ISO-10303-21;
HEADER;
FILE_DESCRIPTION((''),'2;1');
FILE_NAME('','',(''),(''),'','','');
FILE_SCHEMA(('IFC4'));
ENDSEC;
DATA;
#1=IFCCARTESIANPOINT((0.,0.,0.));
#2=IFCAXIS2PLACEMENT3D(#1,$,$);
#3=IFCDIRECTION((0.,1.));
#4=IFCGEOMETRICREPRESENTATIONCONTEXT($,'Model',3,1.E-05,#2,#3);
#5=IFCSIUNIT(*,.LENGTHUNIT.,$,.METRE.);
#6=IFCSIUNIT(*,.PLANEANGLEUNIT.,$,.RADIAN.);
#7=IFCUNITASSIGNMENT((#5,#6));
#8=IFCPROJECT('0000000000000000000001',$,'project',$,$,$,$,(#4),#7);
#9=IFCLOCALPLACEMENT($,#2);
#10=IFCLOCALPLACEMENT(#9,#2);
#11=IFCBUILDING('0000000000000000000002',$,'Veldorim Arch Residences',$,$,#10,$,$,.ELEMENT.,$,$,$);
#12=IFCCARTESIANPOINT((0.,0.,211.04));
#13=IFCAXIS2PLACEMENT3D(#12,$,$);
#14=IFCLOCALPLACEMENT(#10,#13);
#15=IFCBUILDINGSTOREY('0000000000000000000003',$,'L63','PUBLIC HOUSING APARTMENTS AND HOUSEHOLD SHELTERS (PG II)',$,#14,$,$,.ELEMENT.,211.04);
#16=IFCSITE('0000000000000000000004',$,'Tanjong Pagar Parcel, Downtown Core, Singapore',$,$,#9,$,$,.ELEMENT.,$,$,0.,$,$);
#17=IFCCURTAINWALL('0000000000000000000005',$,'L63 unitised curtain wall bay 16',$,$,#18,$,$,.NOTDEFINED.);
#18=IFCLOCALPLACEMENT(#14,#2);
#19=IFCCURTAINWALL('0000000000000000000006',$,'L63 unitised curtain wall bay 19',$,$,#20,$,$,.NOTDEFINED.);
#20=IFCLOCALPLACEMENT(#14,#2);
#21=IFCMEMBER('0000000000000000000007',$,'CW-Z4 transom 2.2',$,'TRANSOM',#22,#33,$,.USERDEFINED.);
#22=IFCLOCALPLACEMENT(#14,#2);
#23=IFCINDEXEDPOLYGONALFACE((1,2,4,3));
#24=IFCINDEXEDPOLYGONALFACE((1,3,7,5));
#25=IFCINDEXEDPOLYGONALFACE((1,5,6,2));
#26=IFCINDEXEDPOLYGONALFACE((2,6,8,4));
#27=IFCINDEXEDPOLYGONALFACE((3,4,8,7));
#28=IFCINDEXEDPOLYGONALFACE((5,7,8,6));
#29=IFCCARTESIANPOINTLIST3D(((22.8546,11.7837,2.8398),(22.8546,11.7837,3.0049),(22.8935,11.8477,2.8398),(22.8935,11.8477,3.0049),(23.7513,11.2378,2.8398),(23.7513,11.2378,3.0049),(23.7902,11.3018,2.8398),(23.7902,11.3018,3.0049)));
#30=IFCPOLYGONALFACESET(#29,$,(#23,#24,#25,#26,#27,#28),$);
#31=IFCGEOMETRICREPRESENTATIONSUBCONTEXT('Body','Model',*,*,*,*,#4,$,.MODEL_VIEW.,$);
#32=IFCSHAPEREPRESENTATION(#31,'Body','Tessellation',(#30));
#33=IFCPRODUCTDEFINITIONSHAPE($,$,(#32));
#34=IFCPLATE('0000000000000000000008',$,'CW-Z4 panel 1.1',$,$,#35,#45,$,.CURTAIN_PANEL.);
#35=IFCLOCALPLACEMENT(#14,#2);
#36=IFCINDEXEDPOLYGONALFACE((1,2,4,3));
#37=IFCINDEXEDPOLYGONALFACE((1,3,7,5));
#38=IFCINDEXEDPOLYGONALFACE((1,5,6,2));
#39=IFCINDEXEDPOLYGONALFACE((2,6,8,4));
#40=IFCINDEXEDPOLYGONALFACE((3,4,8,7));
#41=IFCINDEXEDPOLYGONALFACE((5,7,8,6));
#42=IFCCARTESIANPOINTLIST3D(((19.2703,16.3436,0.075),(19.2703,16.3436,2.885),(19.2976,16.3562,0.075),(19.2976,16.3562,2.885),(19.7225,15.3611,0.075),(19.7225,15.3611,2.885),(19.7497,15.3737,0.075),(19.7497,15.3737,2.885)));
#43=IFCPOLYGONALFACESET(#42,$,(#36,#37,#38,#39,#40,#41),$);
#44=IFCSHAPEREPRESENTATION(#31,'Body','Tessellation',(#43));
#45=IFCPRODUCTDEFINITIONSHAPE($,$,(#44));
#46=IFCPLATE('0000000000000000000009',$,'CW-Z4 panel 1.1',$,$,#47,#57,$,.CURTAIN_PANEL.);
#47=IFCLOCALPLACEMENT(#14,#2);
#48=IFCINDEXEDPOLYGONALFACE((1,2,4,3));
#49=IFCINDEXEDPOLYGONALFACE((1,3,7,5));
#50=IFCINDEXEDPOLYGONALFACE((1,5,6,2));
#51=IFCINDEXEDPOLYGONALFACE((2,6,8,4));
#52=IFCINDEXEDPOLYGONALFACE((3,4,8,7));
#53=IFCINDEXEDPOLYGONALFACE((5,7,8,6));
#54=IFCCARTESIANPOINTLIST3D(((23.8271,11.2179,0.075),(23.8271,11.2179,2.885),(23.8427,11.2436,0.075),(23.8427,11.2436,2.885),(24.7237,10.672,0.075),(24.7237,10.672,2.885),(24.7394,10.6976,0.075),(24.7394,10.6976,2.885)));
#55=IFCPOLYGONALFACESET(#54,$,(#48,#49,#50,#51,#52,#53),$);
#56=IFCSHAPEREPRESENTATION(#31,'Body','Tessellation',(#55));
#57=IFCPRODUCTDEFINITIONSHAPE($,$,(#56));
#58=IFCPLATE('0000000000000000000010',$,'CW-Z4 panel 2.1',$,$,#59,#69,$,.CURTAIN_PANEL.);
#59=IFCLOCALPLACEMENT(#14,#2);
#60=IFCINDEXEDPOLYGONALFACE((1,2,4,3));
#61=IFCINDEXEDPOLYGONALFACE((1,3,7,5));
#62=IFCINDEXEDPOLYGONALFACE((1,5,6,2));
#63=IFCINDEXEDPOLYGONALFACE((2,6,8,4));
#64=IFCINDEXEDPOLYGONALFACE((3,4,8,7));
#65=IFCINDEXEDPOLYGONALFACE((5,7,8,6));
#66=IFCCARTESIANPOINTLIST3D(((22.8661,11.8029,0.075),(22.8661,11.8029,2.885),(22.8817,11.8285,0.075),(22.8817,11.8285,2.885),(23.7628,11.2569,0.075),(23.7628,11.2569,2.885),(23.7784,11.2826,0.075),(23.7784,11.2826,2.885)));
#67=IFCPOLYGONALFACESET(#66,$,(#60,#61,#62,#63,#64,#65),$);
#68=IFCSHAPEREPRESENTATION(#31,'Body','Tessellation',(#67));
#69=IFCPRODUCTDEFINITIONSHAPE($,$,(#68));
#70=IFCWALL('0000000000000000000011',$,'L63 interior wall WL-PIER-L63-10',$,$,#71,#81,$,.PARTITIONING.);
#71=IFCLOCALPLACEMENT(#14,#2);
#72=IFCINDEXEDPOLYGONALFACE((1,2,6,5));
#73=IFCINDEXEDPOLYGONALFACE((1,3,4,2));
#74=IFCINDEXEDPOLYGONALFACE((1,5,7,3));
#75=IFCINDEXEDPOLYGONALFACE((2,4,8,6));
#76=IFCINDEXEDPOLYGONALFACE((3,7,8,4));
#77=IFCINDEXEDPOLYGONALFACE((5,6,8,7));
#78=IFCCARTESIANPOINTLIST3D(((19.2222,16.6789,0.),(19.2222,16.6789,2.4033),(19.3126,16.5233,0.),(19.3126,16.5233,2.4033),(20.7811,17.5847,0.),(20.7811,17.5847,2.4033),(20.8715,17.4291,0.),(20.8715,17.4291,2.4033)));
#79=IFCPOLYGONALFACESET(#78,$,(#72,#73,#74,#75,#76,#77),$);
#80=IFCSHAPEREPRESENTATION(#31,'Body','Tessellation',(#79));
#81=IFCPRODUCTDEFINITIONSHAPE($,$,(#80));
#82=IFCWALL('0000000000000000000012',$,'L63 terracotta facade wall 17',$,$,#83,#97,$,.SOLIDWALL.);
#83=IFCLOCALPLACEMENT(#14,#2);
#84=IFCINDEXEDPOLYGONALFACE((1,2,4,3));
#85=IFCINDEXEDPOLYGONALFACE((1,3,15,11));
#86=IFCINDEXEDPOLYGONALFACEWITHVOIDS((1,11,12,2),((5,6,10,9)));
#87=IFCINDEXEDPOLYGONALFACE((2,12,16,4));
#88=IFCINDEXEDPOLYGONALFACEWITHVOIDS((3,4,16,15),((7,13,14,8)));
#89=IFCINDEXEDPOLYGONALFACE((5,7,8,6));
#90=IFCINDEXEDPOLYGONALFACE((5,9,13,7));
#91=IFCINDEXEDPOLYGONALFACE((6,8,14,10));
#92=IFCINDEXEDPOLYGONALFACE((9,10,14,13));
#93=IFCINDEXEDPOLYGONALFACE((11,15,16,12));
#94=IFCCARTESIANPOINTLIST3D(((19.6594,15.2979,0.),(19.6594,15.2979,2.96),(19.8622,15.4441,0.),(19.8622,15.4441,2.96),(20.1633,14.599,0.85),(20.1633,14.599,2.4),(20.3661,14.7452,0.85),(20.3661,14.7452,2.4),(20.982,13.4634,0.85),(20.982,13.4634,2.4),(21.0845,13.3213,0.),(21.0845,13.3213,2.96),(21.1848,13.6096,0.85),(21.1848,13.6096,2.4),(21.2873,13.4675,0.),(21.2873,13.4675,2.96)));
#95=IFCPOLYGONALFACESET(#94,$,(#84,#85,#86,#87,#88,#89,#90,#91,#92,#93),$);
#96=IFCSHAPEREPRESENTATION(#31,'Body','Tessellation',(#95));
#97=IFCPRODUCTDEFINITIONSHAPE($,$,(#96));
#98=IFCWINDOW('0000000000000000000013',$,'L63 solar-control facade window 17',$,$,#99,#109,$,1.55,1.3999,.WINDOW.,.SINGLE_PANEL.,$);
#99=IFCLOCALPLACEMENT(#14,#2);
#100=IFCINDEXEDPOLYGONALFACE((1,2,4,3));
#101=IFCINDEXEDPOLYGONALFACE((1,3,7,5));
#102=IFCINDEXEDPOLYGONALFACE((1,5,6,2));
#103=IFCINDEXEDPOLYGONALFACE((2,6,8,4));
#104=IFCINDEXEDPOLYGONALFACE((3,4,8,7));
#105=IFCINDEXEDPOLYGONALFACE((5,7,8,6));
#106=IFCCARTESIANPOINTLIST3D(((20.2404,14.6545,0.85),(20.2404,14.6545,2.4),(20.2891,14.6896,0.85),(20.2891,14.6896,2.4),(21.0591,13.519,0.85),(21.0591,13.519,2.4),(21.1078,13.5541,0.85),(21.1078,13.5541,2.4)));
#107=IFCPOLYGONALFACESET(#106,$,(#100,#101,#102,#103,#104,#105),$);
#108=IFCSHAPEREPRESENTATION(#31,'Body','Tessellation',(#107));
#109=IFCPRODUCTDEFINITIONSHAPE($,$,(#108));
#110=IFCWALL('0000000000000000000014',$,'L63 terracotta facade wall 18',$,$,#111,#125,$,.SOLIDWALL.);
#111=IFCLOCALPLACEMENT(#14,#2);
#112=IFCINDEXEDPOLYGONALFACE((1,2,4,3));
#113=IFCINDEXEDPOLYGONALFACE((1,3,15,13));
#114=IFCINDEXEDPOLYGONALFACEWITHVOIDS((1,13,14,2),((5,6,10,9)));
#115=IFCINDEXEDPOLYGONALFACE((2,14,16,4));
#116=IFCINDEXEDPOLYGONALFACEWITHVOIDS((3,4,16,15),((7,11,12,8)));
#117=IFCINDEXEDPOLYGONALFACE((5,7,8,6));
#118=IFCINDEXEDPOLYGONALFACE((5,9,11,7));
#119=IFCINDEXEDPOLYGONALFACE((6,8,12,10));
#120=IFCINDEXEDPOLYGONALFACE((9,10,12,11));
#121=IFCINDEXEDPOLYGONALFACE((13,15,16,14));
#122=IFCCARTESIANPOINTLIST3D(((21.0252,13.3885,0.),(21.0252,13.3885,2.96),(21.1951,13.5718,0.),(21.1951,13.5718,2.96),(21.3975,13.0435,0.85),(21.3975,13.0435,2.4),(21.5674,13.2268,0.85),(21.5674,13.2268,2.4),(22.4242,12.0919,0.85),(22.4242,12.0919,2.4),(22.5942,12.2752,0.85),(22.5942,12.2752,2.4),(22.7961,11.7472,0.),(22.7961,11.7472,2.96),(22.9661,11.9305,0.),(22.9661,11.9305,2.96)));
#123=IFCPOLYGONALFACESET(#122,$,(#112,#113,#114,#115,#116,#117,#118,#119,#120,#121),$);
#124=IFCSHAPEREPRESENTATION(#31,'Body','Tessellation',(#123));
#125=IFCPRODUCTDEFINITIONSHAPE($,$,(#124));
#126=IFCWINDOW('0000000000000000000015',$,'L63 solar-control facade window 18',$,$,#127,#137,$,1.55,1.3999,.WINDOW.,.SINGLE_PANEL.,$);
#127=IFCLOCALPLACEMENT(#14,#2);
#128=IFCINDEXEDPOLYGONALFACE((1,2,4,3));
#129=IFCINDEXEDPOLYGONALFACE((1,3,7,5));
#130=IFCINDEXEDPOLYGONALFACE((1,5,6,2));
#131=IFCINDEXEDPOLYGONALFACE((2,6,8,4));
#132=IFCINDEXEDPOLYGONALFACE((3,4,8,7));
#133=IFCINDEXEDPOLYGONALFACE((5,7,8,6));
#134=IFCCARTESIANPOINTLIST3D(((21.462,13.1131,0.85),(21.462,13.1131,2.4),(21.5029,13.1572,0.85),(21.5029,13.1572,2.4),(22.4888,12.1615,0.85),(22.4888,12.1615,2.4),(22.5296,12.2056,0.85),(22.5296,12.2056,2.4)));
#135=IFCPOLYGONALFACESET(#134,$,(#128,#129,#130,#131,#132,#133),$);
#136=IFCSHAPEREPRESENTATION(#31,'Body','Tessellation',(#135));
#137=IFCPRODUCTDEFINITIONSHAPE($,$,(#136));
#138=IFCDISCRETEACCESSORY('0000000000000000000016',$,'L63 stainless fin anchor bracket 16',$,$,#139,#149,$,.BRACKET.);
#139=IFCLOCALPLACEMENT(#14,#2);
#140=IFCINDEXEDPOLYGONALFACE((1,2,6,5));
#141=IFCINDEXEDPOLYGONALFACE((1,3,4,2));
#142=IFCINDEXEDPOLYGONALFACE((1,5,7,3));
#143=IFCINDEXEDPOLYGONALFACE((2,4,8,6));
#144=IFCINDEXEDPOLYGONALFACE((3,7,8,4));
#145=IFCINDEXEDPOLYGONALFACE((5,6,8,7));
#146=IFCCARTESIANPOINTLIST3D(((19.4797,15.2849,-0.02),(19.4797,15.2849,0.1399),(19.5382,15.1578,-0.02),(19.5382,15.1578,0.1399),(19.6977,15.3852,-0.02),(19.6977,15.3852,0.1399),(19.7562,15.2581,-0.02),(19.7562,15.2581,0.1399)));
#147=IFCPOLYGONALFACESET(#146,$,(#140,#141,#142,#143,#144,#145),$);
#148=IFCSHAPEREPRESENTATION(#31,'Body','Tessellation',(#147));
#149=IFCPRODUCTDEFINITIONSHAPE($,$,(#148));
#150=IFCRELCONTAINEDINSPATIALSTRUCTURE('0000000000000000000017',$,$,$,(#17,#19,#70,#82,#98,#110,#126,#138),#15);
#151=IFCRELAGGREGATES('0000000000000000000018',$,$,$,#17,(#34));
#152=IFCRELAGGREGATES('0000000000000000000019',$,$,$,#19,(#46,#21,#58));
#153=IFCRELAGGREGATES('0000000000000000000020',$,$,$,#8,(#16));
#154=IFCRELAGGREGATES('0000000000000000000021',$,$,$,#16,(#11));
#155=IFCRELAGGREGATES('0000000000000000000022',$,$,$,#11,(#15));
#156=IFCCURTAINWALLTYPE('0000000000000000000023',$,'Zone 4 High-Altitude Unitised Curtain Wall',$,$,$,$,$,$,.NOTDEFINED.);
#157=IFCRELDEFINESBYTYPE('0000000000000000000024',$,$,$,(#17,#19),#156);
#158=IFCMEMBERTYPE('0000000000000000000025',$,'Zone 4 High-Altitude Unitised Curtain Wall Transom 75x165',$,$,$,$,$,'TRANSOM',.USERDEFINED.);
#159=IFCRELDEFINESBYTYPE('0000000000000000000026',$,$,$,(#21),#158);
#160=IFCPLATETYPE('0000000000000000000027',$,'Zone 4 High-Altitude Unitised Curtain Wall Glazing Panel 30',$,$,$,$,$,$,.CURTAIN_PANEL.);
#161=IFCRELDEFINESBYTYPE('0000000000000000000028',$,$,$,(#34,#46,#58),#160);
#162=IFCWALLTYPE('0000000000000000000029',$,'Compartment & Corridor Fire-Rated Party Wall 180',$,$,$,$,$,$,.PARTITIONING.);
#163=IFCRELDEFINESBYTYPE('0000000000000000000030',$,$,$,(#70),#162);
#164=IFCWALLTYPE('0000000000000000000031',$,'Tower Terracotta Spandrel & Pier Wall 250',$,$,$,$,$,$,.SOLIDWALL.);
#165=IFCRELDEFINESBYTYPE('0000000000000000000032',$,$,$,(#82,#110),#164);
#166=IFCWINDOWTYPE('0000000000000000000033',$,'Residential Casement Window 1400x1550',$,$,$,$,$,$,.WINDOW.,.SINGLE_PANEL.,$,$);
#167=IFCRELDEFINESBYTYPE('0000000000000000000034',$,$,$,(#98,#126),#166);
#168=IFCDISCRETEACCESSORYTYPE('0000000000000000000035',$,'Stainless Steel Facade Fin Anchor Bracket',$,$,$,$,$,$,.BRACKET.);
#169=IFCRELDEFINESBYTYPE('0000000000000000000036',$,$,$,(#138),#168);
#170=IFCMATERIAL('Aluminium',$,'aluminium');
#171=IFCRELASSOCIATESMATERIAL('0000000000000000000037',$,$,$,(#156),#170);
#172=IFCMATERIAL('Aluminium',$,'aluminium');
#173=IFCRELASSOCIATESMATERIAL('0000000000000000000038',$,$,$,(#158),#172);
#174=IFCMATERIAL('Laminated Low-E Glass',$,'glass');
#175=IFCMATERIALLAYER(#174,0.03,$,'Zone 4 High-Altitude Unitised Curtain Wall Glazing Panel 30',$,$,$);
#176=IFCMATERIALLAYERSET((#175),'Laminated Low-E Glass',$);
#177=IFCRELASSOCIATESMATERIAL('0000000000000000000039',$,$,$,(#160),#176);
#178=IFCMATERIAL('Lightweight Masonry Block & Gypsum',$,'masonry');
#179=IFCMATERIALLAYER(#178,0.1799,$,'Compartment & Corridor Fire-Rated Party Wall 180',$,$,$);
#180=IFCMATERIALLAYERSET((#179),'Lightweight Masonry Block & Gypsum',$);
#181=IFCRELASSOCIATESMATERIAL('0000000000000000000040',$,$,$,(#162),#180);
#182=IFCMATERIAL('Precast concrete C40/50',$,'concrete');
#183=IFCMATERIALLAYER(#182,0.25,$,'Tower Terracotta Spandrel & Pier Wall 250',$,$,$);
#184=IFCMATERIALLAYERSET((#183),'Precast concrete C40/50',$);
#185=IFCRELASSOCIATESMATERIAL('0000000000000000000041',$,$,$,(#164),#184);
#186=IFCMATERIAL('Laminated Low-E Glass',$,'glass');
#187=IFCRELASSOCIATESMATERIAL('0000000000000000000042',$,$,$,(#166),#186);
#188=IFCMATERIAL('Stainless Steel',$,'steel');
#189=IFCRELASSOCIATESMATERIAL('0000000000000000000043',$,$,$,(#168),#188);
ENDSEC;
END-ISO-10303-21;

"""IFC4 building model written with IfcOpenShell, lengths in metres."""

from ifc_helpers import new_model, si_unit, direction, frame, frame_2d, origin, origin_2d, place, context, subcontext, project, spatial, rectangle, extrude, material, layer, layer_set, material_profile, profile_set, type_object, element, fill, aggregate, save


model = new_model("IFC4")

# Units and contexts
model_context = context("Model", 3, precision=1e-05, world=origin(), true_north=direction((0.0, 1.0)))
body_context = subcontext(model_context, "Body", "Model", "MODEL_VIEW")
ifc_project = project(units=[si_unit("LENGTHUNIT", "METRE"), si_unit("PLANEANGLEUNIT", "RADIAN")], contexts=[model_context])

# Site, building, storey
site_placement = place(None, origin())
site = spatial("IfcSite", under=ifc_project, at=site_placement, Name="Tanjong Pagar Parcel, Downtown Core, Singapore", CompositionType="ELEMENT", RefElevation=0.0)
building_placement = place(site_placement, origin())
building = spatial("IfcBuilding", under=site, at=building_placement, Name="Veldorim Arch Residences", CompositionType="ELEMENT")
storey_placement = place(building_placement, frame((0.0, 0.0, 211.04)))
storey = spatial("IfcBuildingStorey", under=building, at=storey_placement, Name="L63", Description="PUBLIC HOUSING APARTMENTS AND HOUSEHOLD SHELTERS (PG II)", CompositionType="ELEMENT", Elevation=211.04)

# Curtain wall
ifc_material_1 = material(Name="Aluminium", Category="aluminium")
curtain_wall_type = type_object("IfcCurtainWallType", Name="Zone 4 High-Altitude Unitised Curtain Wall", PredefinedType="NOTDEFINED", material=ifc_material_1)
curtain_wall_1_placement = place(storey_placement, origin())
curtain_wall_1 = element("IfcCurtainWall", 1, at=curtain_wall_1_placement, inside=storey, type_object=curtain_wall_type, Name="L63 unitised curtain wall bay 16", PredefinedType="NOTDEFINED")

# Curtain wall
curtain_wall_2_placement = place(storey_placement, origin())
curtain_wall_2 = element("IfcCurtainWall", 2, at=curtain_wall_2_placement, inside=storey, type_object=curtain_wall_type, Name="L63 unitised curtain wall bay 19", PredefinedType="NOTDEFINED")

# Member
ifc_material_2 = material(Name="Aluminium", Category="aluminium")
ifc_material_profile_1 = material_profile(ifc_material_2, rectangle(XDim=0.075, YDim=0.165, at=origin_2d()), Name="ALU_TRN_75x165")
ifc_profile_set_1 = profile_set([ifc_material_profile_1], Name="Aluminium")
member_type_1 = type_object("IfcMemberType", Name="Zone 4 High-Altitude Unitised Curtain Wall Transom 75x165", ElementType="TRANSOM", PredefinedType="USERDEFINED", material=ifc_profile_set_1)
member_1_placement = place(storey_placement, frame((23.7708, 11.2698, 2.9224), z_axis=(-0.854172, 0.519991, 0.0), x_axis=(-0.519991, -0.854172, 0.0)))
member_1 = element("IfcMember", 3, at=member_1_placement, type_object=member_type_1, Name="CW-Z4 transom 2.2", ObjectType="TRANSOM", PredefinedType="USERDEFINED", context=body_context, shape_type="SweptSolid", body=[
    extrude(rectangle(XDim=0.075, YDim=0.165, at=origin_2d()), origin(), (0.0, 0.0, 1.0), 1.0498),
])

# Plates
ifc_material_3 = material(Name="Laminated Low-E Glass", Category="glass")
ifc_layer_1 = layer(ifc_material_3, 0.03, Name="Zone 4 High-Altitude Unitised Curtain Wall Glazing Panel 30")
ifc_layer_set_1 = layer_set([ifc_layer_1], Name="Laminated Low-E Glass")
plate_type = type_object("IfcPlateType", Name="Zone 4 High-Altitude Unitised Curtain Wall Glazing Panel 30", PredefinedType="CURTAIN_PANEL", material=ifc_layer_set_1)
plate_1_placement = place(storey_placement, frame((19.51, 15.8586, 0.075), z_axis=(0.0, 0.0, 1.0), x_axis=(-0.418102, 0.9084, 0.0)))
plate_1 = element("IfcPlate", 4, at=plate_1_placement, type_object=plate_type, Name="CW-Z4 panel 1.1", PredefinedType="CURTAIN_PANEL", context=body_context, shape_type="SweptSolid", body=[
    extrude(rectangle(XDim=1.0815, YDim=0.03, at=origin_2d()), origin(), (0.0, 0.0, 1.0), 2.8101),
])
aggregate(curtain_wall_1, [plate_1])
plate_2_placement = place(storey_placement, frame((24.2832, 10.9578, 0.075), z_axis=(0.0, 0.0, 1.0), x_axis=(-0.854146, 0.520033, 0.0)))
plate_2 = element("IfcPlate", 5, at=plate_2_placement, type_object=plate_type, Name="CW-Z4 panel 1.1", PredefinedType="CURTAIN_PANEL", context=body_context, shape_type="SweptSolid", body=[
    extrude(rectangle(XDim=1.0498, YDim=0.03, at=origin_2d()), origin(), (0.0, 0.0, 1.0), 2.8101),
])
plate_3_placement = place(storey_placement, frame((23.3223, 11.5427, 0.075), z_axis=(0.0, 0.0, 1.0), x_axis=(-0.854146, 0.520033, 0.0)))
plate_3 = element("IfcPlate", 6, at=plate_3_placement, type_object=plate_type, Name="CW-Z4 panel 2.1", PredefinedType="CURTAIN_PANEL", context=body_context, shape_type="SweptSolid", body=[
    extrude(rectangle(XDim=1.0498, YDim=0.03, at=origin_2d()), origin(), (0.0, 0.0, 1.0), 2.8101),
])
aggregate(curtain_wall_2, [plate_2, member_1, plate_3])

# Wall
ifc_material_4 = material(Name="Lightweight Masonry Block & Gypsum", Category="masonry")
ifc_layer_2 = layer(ifc_material_4, 0.1799, Name="Compartment & Corridor Fire-Rated Party Wall 180")
ifc_layer_set_2 = layer_set([ifc_layer_2], Name="Lightweight Masonry Block & Gypsum")
wall_type_1 = type_object("IfcWallType", Name="Compartment & Corridor Fire-Rated Party Wall 180", PredefinedType="PARTITIONING", material=ifc_layer_set_2)
wall_1_placement = place(storey_placement, frame((20.8262, 17.5068, 0.0), z_axis=(0.0, 0.0, 1.0), x_axis=(-0.864637, -0.502397, 0.0)))
element("IfcWall", 7, at=wall_1_placement, inside=storey, type_object=wall_type_1, Name="L63 interior wall WL-PIER-L63-10", PredefinedType="PARTITIONING", context=body_context, shape_type="SweptSolid", body=[
    extrude(rectangle(XDim=1.803, YDim=0.1799, at=frame_2d((0.9014, 0.0))), origin(), (0.0, 0.0, 1.0), 2.4033),
])

# Walls, openings, windows
ifc_material_5 = material(Name="Precast concrete C40/50", Category="concrete")
ifc_layer_3 = layer(ifc_material_5, 0.25, Name="Tower Terracotta Spandrel & Pier Wall 250")
ifc_layer_set_3 = layer_set([ifc_layer_3], Name="Precast concrete C40/50")
wall_type_2 = type_object("IfcWallType", Name="Tower Terracotta Spandrel & Pier Wall 250", PredefinedType="SOLIDWALL", material=ifc_layer_set_3)
wall_2_placement = place(storey_placement, frame((21.1858, 13.3945, 0.0), z_axis=(0.0, 0.0, 1.0), x_axis=(-0.584825, 0.81116, 0.0)))
wall_2 = element("IfcWall", 8, at=wall_2_placement, inside=storey, type_object=wall_type_2, Name="L63 terracotta facade wall 17", PredefinedType="SOLIDWALL", context=body_context, shape_type="SweptSolid", body=[
    extrude(rectangle(XDim=2.4368, YDim=0.25, at=frame_2d((1.2183, 0.0))), origin(), (0.0, 0.0, 1.0), 2.96),
])
opening_1_placement = place(wall_2_placement, frame((0.175, 0.0, 0.8501)))
opening_1 = element("IfcOpeningElement", 9, at=opening_1_placement, cuts=wall_2, PredefinedType="OPENING", context=body_context, shape_type="SweptSolid", body=[
    extrude(rectangle(XDim=1.3999, YDim=1.55, at=frame_2d((0.7, 0.7749))), frame((0.0, 0.135, 0.0), z_axis=(0.0, -1.0, 0.0), x_axis=(1.0, 0.0, 0.0)), (0.0, 0.0, 1.0), 0.27),
])
ifc_material_6 = material(Name="Laminated Low-E Glass", Category="glass")
window_type = type_object("IfcWindowType", Name="Residential Casement Window 1400x1550", PartitioningType="SINGLE_PANEL", PredefinedType="WINDOW", material=ifc_material_6)
window_1_placement = place(opening_1_placement, origin())
window_1 = element("IfcWindow", 10, at=window_1_placement, inside=storey, type_object=window_type, Name="L63 solar-control facade window 17", OverallHeight=1.55, OverallWidth=1.3999, PartitioningType="SINGLE_PANEL", PredefinedType="WINDOW", context=body_context, shape_type="SweptSolid", body=[
    extrude(rectangle(XDim=1.3999, YDim=1.55, at=frame_2d((0.7, 0.7749))), frame((0.0, 0.03, 0.0), z_axis=(0.0, -1.0, 0.0), x_axis=(1.0, 0.0, 0.0)), (0.0, 0.0, 1.0), 0.0601),
])
fill(opening_1, window_1)
wall_3_placement = place(storey_placement, frame((22.8811, 11.8389, 0.0), z_axis=(0.0, 0.0, 1.0), x_axis=(-0.733441, 0.679753, 0.0)))
wall_3 = element("IfcWall", 11, at=wall_3_placement, inside=storey, type_object=wall_type_2, Name="L63 terracotta facade wall 18", PredefinedType="SOLIDWALL", context=body_context, shape_type="SweptSolid", body=[
    extrude(rectangle(XDim=2.4146, YDim=0.25, at=frame_2d((1.2073, 0.0))), origin(), (0.0, 0.0, 1.0), 2.96),
])
opening_2_placement = place(wall_3_placement, frame((0.5071, 0.0, 0.8501)))
opening_2 = element("IfcOpeningElement", 12, at=opening_2_placement, cuts=wall_3, PredefinedType="OPENING", context=body_context, shape_type="SweptSolid", body=[
    extrude(rectangle(XDim=1.3999, YDim=1.55, at=frame_2d((0.7, 0.7749))), frame((0.0, 0.135, 0.0), z_axis=(0.0, -1.0, 0.0), x_axis=(1.0, 0.0, 0.0)), (0.0, 0.0, 1.0), 0.27),
])
window_2_placement = place(opening_2_placement, origin())
window_2 = element("IfcWindow", 13, at=window_2_placement, inside=storey, type_object=window_type, Name="L63 solar-control facade window 18", OverallHeight=1.55, OverallWidth=1.3999, PartitioningType="SINGLE_PANEL", PredefinedType="WINDOW", context=body_context, shape_type="SweptSolid", body=[
    extrude(rectangle(XDim=1.3999, YDim=1.55, at=frame_2d((0.7, 0.7749))), frame((0.0, 0.03, 0.0), z_axis=(0.0, -1.0, 0.0), x_axis=(1.0, 0.0, 0.0)), (0.0, 0.0, 1.0), 0.0601),
])
fill(opening_2, window_2)

# Discrete accessory
ifc_material_7 = material(Name="Stainless Steel", Category="steel")
discrete_accessory_type = type_object("IfcDiscreteAccessoryType", Name="Stainless Steel Facade Fin Anchor Bracket", PredefinedType="BRACKET", material=ifc_material_7)
discrete_accessory_placement = place(storey_placement, frame((19.6179, 15.2715, -0.02), z_axis=(0.0, 0.0, 1.0), x_axis=(-0.418026, 0.908435, 0.0)))
element("IfcDiscreteAccessory", 14, at=discrete_accessory_placement, inside=storey, type_object=discrete_accessory_type, Name="L63 stainless fin anchor bracket 16", PredefinedType="BRACKET", context=body_context, shape_type="SweptSolid", body=[
    extrude(rectangle(XDim=0.1399, YDim=0.24, at=origin_2d()), origin(), (0.0, 0.0, 1.0), 0.1599),
])

save(model, "model.ifc")
